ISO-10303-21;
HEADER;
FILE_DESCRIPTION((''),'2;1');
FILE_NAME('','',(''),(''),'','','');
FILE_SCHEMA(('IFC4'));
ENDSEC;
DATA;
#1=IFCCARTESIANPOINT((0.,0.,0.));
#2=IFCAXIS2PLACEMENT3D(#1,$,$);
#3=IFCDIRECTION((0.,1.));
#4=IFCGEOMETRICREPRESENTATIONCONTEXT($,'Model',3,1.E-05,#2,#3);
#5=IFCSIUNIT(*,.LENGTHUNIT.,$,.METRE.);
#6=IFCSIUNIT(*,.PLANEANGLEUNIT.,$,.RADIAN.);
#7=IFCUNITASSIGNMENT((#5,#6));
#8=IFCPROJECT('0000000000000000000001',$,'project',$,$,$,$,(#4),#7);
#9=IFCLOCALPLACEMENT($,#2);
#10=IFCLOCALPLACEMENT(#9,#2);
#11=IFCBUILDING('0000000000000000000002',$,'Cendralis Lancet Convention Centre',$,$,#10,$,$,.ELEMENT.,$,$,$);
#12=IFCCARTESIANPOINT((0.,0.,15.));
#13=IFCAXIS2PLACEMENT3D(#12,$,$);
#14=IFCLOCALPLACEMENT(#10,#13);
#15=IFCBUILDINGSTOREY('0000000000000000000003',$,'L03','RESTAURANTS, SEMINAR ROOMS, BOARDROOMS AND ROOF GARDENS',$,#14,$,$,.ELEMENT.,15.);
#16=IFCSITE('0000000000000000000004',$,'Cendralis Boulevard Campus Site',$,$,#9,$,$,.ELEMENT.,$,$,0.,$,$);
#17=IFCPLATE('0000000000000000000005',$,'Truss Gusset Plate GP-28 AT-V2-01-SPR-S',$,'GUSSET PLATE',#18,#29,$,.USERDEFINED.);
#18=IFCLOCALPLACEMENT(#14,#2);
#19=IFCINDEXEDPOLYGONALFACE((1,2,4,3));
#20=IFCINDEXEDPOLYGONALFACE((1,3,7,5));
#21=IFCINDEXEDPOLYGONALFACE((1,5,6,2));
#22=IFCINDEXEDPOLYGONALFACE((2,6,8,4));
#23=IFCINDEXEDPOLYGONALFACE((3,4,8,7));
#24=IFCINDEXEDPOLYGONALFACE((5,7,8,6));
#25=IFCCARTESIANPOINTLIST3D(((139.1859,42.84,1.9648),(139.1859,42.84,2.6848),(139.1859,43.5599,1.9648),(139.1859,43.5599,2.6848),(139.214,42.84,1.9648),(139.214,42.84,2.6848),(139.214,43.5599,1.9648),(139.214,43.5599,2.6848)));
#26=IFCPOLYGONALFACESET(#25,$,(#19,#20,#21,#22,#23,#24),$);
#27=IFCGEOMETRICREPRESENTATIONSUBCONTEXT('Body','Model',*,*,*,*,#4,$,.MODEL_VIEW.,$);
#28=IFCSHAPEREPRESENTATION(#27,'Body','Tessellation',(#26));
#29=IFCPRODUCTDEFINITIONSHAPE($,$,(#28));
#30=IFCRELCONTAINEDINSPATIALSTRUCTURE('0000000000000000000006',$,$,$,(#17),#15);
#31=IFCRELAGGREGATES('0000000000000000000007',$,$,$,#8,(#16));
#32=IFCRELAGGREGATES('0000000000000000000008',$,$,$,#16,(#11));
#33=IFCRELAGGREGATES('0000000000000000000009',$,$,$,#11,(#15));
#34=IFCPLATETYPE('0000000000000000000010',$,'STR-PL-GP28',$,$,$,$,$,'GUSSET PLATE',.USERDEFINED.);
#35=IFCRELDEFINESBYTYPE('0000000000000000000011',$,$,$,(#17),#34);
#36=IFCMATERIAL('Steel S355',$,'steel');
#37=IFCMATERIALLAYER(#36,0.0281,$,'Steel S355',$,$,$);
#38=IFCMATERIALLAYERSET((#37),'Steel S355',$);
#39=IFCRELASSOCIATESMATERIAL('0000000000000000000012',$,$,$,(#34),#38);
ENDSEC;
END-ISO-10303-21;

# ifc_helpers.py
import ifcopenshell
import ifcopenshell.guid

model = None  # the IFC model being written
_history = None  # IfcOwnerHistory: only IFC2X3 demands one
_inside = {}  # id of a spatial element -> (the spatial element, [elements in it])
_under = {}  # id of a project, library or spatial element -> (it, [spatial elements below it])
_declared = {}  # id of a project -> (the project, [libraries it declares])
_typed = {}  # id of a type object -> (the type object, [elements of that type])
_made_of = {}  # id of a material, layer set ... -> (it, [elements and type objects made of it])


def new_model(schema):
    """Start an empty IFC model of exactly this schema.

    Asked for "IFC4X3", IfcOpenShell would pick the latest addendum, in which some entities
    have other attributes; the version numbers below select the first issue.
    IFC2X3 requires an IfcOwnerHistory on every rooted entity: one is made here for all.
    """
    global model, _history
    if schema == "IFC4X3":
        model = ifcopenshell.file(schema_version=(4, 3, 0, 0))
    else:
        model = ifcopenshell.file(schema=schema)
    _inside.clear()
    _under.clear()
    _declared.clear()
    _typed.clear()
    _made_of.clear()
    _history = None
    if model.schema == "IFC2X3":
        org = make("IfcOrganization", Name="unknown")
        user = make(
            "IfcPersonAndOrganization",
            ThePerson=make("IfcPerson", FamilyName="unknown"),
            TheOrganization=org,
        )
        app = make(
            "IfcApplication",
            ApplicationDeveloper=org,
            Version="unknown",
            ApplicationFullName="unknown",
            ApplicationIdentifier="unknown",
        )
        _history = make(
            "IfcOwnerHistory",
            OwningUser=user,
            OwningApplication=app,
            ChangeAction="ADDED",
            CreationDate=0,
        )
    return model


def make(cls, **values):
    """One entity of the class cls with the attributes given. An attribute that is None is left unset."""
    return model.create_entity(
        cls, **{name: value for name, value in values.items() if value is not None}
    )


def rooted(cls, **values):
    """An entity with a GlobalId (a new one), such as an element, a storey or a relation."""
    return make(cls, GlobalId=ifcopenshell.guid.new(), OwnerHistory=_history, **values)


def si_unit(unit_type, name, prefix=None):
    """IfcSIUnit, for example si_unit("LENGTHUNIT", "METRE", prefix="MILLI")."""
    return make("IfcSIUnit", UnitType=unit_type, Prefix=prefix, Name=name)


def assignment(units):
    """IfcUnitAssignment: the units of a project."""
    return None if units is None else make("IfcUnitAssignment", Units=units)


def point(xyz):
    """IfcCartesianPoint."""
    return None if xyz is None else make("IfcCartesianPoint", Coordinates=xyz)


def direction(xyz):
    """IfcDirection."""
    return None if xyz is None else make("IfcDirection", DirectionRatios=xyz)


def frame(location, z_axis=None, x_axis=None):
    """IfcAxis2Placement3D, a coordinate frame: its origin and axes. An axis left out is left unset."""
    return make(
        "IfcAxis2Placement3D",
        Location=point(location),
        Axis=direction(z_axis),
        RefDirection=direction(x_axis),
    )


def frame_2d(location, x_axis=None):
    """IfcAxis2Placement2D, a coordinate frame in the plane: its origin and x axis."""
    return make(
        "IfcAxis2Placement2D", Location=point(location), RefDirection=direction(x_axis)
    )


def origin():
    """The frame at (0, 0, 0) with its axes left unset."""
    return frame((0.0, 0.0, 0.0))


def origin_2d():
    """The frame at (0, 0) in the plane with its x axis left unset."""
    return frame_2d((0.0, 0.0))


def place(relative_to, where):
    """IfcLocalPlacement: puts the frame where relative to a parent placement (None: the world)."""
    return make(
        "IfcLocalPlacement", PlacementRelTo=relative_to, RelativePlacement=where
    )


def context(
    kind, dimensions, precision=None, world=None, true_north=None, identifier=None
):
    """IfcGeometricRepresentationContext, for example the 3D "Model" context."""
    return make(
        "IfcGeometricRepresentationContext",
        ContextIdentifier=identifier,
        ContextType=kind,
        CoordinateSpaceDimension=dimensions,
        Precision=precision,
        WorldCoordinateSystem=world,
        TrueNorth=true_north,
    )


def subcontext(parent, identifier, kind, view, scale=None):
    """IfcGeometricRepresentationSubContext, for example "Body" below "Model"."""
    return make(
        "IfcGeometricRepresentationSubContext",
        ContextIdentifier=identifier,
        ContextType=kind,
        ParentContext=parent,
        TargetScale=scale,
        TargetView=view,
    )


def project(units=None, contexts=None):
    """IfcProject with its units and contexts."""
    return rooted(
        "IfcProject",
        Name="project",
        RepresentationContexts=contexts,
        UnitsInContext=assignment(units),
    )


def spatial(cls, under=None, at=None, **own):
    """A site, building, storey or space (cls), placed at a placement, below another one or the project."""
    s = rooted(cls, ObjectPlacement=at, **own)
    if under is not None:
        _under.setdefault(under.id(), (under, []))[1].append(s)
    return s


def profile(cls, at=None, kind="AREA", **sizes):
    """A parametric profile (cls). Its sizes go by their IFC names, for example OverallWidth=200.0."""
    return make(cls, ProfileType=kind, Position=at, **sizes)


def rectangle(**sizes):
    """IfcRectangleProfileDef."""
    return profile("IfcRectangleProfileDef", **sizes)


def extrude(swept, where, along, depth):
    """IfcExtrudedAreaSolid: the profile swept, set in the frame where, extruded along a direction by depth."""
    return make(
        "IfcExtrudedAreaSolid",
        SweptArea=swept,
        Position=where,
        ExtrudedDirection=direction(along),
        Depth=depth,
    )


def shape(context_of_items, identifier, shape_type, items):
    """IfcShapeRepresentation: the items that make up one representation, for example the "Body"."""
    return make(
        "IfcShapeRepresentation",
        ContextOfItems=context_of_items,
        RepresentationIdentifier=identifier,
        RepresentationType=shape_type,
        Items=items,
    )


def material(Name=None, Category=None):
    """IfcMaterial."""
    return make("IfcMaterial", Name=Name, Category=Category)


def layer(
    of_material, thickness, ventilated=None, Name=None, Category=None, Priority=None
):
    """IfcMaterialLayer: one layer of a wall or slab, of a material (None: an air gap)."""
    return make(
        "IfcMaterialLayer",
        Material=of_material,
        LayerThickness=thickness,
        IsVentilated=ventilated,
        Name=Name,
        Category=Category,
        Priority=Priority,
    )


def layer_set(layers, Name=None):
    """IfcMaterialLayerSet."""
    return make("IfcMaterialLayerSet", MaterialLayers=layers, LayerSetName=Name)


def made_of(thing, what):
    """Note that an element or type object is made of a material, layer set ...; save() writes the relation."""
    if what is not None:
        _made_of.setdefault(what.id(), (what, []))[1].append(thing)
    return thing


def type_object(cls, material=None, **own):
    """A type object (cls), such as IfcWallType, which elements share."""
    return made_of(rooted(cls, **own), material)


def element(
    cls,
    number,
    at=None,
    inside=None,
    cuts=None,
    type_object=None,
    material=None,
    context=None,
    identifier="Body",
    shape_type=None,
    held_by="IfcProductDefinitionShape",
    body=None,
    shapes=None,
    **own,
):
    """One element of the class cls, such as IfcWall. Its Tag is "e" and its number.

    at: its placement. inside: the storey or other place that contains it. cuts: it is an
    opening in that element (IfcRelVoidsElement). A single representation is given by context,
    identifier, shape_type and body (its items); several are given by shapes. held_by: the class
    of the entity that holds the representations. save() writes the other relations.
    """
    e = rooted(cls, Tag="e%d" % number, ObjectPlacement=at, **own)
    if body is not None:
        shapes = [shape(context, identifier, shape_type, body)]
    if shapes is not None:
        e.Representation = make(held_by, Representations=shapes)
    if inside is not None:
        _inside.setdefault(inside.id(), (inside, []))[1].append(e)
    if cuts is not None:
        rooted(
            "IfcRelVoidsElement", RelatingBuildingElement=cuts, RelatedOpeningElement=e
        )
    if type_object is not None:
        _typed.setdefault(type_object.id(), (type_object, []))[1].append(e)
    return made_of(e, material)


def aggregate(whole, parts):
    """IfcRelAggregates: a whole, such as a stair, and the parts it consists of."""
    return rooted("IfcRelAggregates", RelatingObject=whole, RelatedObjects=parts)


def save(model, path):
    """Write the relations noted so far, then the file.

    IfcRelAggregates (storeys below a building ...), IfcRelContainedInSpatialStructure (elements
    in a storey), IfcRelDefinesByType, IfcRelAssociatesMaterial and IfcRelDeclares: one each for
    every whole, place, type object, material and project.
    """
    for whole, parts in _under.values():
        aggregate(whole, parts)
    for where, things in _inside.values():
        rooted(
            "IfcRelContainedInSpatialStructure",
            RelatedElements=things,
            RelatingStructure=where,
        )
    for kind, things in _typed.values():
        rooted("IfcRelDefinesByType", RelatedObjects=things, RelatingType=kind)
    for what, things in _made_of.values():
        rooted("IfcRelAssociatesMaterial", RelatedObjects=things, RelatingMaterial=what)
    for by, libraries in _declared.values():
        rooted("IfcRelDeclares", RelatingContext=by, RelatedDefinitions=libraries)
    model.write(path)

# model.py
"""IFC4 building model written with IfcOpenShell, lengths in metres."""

from ifc_helpers import new_model, si_unit, direction, frame, origin, origin_2d, place, context, subcontext, project, spatial, rectangle, extrude, material, layer, layer_set, type_object, element, save


model = new_model("IFC4")

# Units and contexts
model_context = context("Model", 3, precision=1e-05, world=origin(), true_north=direction((0.0, 1.0)))
body_context = subcontext(model_context, "Body", "Model", "MODEL_VIEW")
ifc_project = project(units=[si_unit("LENGTHUNIT", "METRE"), si_unit("PLANEANGLEUNIT", "RADIAN")], contexts=[model_context])

# Site, building, storey
site_placement = place(None, origin())
site = spatial("IfcSite", under=ifc_project, at=site_placement, Name="Cendralis Boulevard Campus Site", CompositionType="ELEMENT", RefElevation=0.0)
building_placement = place(site_placement, origin())
building = spatial("IfcBuilding", under=site, at=building_placement, Name="Cendralis Lancet Convention Centre", CompositionType="ELEMENT")
storey_placement = place(building_placement, frame((0.0, 0.0, 15.0)))
storey = spatial("IfcBuildingStorey", under=building, at=storey_placement, Name="L03", Description="RESTAURANTS, SEMINAR ROOMS, BOARDROOMS AND ROOF GARDENS", CompositionType="ELEMENT", Elevation=15.0)

# Shared definitions
ifc_material_1 = material(Name="Steel S355", Category="steel")

# Plate
ifc_layer_1 = layer(ifc_material_1, 0.0281, Name="Steel S355")
ifc_layer_set_1 = layer_set([ifc_layer_1], Name="Steel S355")
plate_type_1 = type_object("IfcPlateType", Name="STR-PL-GP28", ElementType="GUSSET PLATE", PredefinedType="USERDEFINED", material=ifc_layer_set_1)
plate_1_placement = place(storey_placement, frame((139.2, 43.2, 1.9648), z_axis=(0.0, 0.0, 1.0), x_axis=(0.0, 1.0, 0.0)))
element("IfcPlate", 1, at=plate_1_placement, inside=storey, type_object=plate_type_1, Name="Truss Gusset Plate GP-28 AT-V2-01-SPR-S", ObjectType="GUSSET PLATE", PredefinedType="USERDEFINED", context=body_context, shape_type="SweptSolid", body=[
    extrude(rectangle(XDim=0.72, YDim=0.0281, at=origin_2d()), origin(), (0.0, 0.0, 1.0), 0.72),
])

save(model, "model.ifc")
